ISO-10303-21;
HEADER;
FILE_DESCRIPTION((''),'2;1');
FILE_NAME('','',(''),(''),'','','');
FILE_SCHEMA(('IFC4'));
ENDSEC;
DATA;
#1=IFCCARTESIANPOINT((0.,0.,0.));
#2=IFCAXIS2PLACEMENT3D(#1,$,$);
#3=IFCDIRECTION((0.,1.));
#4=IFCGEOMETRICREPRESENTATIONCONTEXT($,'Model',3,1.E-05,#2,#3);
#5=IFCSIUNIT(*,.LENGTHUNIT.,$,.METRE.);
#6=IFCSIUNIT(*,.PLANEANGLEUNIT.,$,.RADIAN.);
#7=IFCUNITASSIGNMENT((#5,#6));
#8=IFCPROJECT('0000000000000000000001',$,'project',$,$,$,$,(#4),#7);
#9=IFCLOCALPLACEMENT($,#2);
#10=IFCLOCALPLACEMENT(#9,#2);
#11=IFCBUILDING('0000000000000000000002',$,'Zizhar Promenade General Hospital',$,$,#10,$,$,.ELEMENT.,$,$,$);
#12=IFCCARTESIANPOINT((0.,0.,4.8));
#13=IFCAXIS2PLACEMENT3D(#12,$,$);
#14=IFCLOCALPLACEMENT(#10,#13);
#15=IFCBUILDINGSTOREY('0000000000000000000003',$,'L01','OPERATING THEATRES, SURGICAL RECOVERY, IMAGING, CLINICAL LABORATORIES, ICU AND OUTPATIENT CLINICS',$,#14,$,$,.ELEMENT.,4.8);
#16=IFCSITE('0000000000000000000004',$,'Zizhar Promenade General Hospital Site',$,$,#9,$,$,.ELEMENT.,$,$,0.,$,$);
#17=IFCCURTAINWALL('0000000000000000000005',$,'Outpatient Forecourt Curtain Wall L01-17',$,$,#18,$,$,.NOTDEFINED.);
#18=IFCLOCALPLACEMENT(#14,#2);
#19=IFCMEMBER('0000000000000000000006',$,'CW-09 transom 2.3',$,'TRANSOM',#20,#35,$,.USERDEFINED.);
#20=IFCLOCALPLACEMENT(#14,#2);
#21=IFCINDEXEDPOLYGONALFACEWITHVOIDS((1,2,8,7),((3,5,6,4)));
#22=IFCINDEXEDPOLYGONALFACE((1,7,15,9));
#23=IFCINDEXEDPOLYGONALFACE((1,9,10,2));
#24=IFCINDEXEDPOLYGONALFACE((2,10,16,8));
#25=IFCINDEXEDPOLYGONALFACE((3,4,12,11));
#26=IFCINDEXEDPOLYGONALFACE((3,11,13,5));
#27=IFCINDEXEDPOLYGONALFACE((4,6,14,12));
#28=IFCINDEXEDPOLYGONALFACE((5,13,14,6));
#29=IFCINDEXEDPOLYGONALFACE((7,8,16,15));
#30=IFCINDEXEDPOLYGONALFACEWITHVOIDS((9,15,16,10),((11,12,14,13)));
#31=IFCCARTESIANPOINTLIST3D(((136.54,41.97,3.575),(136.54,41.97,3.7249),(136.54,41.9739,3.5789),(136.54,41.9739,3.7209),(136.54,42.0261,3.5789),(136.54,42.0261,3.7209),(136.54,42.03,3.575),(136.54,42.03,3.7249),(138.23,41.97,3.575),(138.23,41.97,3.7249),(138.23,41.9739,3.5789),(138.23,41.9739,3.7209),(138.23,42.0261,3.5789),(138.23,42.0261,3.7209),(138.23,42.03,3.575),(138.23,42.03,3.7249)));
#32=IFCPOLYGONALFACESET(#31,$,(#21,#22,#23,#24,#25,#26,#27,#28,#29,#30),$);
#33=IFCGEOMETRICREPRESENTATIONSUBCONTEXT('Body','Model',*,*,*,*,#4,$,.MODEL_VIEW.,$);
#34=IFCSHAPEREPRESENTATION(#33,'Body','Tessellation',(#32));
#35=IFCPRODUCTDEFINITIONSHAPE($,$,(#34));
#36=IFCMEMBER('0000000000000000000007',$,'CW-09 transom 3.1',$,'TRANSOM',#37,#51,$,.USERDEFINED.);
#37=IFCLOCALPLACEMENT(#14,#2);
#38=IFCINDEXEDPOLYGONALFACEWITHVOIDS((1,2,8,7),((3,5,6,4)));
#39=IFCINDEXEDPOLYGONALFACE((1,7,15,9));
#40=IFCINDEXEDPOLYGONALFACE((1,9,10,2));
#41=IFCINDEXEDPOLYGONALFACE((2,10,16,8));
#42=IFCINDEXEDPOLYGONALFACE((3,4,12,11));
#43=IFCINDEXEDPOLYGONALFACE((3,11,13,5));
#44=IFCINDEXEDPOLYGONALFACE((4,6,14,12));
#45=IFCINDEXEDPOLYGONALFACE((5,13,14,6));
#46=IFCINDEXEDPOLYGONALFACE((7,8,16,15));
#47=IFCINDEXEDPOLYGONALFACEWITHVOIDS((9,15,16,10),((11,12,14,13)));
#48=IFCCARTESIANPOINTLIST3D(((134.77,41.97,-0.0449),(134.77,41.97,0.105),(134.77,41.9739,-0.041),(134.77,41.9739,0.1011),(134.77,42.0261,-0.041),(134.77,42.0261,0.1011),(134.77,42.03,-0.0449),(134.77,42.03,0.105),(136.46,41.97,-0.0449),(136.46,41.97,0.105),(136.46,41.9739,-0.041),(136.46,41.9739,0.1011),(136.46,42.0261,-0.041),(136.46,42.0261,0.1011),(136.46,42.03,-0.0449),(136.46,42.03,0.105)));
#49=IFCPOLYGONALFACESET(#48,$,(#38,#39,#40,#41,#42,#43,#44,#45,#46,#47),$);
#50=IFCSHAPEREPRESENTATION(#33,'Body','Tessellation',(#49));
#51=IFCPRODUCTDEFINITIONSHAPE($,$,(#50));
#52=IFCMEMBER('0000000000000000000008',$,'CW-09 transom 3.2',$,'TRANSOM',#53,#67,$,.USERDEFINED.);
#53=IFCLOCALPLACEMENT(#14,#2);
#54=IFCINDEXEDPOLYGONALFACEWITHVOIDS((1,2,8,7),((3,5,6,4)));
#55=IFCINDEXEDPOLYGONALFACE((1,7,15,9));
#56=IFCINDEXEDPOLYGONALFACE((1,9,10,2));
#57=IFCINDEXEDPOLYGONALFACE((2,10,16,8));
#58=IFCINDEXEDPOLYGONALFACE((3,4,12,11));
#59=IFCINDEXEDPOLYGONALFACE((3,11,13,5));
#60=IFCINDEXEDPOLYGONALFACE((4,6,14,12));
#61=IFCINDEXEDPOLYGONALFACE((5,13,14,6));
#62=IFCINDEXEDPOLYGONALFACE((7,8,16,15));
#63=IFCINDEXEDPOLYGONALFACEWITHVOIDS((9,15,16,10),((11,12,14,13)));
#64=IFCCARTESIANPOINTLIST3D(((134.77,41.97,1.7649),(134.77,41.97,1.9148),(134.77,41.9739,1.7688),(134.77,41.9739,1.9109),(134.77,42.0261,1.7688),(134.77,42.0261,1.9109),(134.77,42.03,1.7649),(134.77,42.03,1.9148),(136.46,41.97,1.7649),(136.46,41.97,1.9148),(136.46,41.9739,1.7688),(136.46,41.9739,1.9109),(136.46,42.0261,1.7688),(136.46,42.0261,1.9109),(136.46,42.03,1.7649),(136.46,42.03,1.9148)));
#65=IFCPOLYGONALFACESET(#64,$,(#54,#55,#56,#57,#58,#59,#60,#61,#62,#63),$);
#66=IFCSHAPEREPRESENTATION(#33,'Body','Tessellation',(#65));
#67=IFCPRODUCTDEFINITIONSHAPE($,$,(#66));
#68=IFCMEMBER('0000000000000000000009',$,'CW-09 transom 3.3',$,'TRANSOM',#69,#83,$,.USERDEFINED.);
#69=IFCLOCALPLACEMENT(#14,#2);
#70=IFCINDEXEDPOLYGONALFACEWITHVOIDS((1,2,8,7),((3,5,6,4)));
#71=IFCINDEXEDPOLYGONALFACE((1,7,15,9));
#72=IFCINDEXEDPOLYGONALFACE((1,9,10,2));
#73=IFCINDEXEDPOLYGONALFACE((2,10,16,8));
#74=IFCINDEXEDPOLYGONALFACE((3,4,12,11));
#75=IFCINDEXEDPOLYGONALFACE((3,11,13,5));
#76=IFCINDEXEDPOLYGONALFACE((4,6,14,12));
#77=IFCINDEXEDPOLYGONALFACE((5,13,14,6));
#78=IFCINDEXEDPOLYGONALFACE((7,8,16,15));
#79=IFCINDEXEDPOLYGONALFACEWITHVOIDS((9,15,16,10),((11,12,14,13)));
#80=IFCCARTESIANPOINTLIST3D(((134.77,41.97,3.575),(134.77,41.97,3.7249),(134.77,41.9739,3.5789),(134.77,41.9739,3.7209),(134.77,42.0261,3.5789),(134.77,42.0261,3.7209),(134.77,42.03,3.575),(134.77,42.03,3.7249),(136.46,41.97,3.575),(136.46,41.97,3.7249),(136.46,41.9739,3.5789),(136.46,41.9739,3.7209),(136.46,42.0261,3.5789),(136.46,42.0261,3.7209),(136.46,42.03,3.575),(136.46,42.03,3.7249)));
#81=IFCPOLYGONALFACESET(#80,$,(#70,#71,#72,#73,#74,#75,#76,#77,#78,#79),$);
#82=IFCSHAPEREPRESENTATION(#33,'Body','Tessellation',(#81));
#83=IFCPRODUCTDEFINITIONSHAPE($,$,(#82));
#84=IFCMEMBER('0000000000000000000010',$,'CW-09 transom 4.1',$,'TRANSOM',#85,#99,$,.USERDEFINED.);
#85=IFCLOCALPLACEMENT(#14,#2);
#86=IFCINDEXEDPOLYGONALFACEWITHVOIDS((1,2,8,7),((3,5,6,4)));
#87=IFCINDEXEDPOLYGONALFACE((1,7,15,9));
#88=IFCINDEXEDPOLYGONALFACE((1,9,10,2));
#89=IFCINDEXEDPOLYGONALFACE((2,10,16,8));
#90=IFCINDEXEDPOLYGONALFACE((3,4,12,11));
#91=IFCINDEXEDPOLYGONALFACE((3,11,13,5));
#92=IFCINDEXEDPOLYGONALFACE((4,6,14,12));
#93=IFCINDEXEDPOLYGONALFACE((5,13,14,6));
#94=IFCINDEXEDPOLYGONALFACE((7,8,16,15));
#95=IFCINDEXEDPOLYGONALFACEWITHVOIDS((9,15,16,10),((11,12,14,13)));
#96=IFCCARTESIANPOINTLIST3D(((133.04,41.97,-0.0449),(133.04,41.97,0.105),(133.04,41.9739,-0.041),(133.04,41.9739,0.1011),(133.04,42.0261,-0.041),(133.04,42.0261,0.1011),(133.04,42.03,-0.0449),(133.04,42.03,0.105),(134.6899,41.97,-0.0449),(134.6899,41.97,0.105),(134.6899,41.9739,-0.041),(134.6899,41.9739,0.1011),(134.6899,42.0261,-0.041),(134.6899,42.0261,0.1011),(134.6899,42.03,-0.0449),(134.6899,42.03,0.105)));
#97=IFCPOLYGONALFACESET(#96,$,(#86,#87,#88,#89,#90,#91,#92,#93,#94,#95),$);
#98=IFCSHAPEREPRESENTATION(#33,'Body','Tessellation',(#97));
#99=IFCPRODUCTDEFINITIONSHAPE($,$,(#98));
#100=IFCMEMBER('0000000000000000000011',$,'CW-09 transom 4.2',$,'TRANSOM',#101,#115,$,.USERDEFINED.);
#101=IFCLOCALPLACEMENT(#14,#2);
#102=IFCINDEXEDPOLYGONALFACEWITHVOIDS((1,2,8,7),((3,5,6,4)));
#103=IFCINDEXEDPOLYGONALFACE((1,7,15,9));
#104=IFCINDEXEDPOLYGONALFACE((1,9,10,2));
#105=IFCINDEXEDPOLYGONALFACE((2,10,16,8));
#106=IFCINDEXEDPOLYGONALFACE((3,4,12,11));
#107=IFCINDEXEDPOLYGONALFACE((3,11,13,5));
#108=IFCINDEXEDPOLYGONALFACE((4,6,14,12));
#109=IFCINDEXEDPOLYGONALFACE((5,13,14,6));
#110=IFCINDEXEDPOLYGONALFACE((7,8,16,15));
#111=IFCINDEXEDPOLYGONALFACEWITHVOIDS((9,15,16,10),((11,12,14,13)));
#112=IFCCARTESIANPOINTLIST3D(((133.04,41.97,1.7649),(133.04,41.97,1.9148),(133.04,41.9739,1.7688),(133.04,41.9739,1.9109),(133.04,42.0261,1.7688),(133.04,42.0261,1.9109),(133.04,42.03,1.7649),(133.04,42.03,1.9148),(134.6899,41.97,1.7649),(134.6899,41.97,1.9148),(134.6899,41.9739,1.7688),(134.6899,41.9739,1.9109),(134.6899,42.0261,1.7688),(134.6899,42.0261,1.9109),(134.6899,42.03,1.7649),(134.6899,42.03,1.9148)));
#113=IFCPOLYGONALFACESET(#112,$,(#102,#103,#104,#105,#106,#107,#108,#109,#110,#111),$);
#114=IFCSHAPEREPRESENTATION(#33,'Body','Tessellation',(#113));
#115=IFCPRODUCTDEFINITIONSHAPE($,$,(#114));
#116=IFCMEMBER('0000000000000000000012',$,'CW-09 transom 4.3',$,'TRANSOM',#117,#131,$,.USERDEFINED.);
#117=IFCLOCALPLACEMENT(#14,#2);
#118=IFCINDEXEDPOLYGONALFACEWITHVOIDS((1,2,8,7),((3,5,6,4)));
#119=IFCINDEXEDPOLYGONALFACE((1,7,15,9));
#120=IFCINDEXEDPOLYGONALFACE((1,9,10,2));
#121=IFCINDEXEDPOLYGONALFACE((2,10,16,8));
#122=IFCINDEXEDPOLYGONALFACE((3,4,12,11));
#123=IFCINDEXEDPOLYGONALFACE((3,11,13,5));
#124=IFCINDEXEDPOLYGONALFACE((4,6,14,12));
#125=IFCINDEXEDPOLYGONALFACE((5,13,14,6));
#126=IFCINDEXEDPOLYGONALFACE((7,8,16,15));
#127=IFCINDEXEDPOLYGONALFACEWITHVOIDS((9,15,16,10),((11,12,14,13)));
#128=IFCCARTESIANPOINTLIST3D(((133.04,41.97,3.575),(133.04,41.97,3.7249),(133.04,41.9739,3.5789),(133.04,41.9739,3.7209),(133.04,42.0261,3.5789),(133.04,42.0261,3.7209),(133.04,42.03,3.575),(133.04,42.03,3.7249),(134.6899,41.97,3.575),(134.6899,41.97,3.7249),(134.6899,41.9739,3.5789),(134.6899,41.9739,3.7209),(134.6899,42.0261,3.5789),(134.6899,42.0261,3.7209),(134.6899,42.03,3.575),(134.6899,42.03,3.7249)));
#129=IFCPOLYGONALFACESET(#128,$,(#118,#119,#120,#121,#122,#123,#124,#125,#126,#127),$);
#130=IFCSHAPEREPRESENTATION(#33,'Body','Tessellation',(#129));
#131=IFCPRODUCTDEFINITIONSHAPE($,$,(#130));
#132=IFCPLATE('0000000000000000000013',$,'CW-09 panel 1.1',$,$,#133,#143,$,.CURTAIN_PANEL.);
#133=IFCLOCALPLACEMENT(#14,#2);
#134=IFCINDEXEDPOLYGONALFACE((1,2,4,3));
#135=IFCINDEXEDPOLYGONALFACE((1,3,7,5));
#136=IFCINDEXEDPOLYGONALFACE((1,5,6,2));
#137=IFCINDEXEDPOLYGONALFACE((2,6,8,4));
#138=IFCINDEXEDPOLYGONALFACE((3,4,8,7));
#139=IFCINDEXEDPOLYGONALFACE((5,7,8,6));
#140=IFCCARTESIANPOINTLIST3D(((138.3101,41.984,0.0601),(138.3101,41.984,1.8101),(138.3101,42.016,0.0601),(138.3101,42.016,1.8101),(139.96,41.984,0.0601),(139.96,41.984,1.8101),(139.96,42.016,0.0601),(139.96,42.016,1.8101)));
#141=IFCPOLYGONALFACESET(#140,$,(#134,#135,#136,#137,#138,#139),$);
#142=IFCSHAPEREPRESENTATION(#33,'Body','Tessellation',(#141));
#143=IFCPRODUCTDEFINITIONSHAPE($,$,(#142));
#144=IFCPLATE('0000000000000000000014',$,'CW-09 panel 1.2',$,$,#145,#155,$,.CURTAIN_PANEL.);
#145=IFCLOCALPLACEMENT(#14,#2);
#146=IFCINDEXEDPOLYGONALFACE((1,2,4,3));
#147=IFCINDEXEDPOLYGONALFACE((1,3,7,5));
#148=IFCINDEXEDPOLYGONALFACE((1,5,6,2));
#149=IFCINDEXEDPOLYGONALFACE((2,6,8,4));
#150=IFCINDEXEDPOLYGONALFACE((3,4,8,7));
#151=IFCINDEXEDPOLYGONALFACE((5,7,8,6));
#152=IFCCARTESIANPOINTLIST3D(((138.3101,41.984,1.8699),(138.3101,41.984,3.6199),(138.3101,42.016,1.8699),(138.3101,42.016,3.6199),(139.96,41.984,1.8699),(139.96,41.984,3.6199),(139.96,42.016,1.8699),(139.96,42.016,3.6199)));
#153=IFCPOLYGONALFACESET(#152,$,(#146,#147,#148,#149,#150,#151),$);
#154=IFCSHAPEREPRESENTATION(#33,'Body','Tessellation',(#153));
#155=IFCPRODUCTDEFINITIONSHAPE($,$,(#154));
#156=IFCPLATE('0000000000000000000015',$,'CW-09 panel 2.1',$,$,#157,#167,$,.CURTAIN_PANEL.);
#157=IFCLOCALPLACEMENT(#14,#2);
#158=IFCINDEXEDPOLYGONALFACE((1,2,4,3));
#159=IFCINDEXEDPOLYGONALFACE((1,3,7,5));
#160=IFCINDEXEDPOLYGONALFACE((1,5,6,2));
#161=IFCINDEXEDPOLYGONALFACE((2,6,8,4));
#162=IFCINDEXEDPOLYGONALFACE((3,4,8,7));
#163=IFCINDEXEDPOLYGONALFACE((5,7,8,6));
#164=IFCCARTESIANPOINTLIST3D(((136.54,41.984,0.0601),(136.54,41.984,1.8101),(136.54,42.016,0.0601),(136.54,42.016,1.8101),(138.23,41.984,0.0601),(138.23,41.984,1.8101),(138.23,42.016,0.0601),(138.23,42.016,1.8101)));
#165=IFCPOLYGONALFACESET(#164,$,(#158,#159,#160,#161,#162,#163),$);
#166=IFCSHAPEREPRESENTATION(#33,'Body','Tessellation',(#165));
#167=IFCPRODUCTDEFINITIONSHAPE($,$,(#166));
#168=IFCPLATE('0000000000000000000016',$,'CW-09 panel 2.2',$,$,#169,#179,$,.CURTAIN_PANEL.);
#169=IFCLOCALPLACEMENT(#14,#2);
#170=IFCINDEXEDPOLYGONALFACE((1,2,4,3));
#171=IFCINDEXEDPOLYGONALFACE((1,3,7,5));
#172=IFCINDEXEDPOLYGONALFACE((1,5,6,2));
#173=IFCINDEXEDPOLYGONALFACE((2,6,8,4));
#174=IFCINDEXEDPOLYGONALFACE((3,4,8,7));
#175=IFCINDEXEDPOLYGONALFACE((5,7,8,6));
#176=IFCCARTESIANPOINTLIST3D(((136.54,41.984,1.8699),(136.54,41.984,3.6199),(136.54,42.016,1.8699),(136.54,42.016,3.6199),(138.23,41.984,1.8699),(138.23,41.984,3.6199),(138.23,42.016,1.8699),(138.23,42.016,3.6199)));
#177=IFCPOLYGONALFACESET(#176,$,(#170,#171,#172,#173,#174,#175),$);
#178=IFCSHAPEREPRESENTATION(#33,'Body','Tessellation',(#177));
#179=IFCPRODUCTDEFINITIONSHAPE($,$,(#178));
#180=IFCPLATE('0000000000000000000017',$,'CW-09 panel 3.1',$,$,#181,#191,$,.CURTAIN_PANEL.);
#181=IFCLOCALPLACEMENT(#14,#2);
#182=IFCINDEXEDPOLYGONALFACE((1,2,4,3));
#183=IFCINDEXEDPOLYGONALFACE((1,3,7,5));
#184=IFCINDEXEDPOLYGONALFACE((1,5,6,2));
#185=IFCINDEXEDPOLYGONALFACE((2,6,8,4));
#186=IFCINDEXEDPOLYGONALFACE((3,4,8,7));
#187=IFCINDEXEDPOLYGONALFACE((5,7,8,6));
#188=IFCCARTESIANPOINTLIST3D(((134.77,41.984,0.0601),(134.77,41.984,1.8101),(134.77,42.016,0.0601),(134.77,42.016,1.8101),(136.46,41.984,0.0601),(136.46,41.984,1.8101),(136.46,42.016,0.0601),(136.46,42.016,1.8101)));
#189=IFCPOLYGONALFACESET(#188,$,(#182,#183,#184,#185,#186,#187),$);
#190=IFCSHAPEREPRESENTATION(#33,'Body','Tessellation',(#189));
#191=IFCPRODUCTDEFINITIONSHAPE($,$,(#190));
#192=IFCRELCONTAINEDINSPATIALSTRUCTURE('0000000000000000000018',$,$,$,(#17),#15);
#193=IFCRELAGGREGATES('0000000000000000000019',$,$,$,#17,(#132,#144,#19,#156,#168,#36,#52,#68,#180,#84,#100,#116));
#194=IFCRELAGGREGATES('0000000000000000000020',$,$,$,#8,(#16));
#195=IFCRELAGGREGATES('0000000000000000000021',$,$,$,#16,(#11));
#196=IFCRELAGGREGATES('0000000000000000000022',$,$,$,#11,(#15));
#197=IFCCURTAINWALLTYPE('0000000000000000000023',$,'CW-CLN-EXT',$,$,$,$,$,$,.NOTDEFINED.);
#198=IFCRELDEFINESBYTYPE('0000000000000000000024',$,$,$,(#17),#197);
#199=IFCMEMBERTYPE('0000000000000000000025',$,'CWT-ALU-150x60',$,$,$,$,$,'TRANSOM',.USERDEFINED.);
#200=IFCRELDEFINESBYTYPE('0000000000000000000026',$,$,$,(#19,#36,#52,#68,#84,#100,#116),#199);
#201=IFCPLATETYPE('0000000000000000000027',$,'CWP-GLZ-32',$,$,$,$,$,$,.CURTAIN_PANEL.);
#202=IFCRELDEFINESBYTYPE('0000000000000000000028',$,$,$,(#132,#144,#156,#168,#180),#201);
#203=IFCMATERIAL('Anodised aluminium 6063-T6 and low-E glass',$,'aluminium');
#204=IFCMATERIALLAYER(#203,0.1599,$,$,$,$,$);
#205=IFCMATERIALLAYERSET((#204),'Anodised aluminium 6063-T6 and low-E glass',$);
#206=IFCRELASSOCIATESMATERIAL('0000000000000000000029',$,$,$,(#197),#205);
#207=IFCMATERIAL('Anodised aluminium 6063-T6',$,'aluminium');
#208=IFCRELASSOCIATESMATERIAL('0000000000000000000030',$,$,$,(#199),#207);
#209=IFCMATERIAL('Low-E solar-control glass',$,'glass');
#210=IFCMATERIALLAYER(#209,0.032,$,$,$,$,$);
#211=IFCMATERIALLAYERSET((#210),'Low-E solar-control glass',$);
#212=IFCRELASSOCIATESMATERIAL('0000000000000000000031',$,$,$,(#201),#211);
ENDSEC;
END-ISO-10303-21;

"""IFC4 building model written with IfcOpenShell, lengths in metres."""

from ifc_helpers import new_model, si_unit, direction, frame, origin, origin_2d, place, context, subcontext, project, spatial, rectangle, hollow_rectangle, extrude, material, layer, layer_set, material_profile, profile_set, type_object, element, aggregate, save


model = new_model("IFC4")

# Units and contexts
model_context = context("Model", 3, precision=1e-05, world=origin(), true_north=direction((0.0, 1.0)))
body_context = subcontext(model_context, "Body", "Model", "MODEL_VIEW")
ifc_project = project(units=[si_unit("LENGTHUNIT", "METRE"), si_unit("PLANEANGLEUNIT", "RADIAN")], contexts=[model_context])

# Site, building, storey
site_placement = place(None, origin())
site = spatial("IfcSite", under=ifc_project, at=site_placement, Name="Zizhar Promenade General Hospital Site", CompositionType="ELEMENT", RefElevation=0.0)
building_placement = place(site_placement, origin())
building = spatial("IfcBuilding", under=site, at=building_placement, Name="Zizhar Promenade General Hospital", CompositionType="ELEMENT")
storey_placement = place(building_placement, frame((0.0, 0.0, 4.8)))
storey = spatial("IfcBuildingStorey", under=building, at=storey_placement, Name="L01", Description="OPERATING THEATRES, SURGICAL RECOVERY, IMAGING, CLINICAL LABORATORIES, ICU AND OUTPATIENT CLINICS", CompositionType="ELEMENT", Elevation=4.8)

# Curtain wall, members, plates
ifc_material_1 = material(Name="Anodised aluminium 6063-T6 and low-E glass", Category="aluminium")
ifc_layer_1 = layer(ifc_material_1, 0.1599)
ifc_layer_set_1 = layer_set([ifc_layer_1], Name="Anodised aluminium 6063-T6 and low-E glass")
curtain_wall_type = type_object("IfcCurtainWallType", Name="CW-CLN-EXT", PredefinedType="NOTDEFINED", material=ifc_layer_set_1)
curtain_wall_placement = place(storey_placement, origin())
curtain_wall = element("IfcCurtainWall", 1, at=curtain_wall_placement, inside=storey, type_object=curtain_wall_type, Name="Outpatient Forecourt Curtain Wall L01-17", PredefinedType="NOTDEFINED")
ifc_material_2 = material(Name="Anodised aluminium 6063-T6", Category="aluminium")
ifc_material_profile_1 = material_profile(ifc_material_2, hollow_rectangle(XDim=0.0601, YDim=0.1499, WallThickness=0.0039, at=origin_2d()))
ifc_profile_set_1 = profile_set([ifc_material_profile_1], Name="Anodised aluminium 6063-T6")
member_type_1 = type_object("IfcMemberType", Name="CWT-ALU-150x60", ElementType="TRANSOM", PredefinedType="USERDEFINED", material=ifc_profile_set_1)
member_1_placement = place(storey_placement, frame((138.23, 42.0, 3.6499), z_axis=(-1.0, 0.0, 0.0), x_axis=(0.0, -1.0, 0.0)))
member_1 = element("IfcMember", 2, at=member_1_placement, type_object=member_type_1, Name="CW-09 transom 2.3", ObjectType="TRANSOM", PredefinedType="USERDEFINED", context=body_context, shape_type="SweptSolid", body=[
    extrude(hollow_rectangle(XDim=0.0601, YDim=0.1499, WallThickness=0.0039, at=origin_2d()), origin(), (0.0, 0.0, 1.0), 1.6899),
])
member_2_placement = place(storey_placement, frame((136.46, 42.0, 0.03), z_axis=(-1.0, 0.0, 0.0), x_axis=(0.0, -1.0, 0.0)))
member_2 = element("IfcMember", 3, at=member_2_placement, type_object=member_type_1, Name="CW-09 transom 3.1", ObjectType="TRANSOM", PredefinedType="USERDEFINED", context=body_context, shape_type="SweptSolid", body=[
    extrude(hollow_rectangle(XDim=0.0601, YDim=0.1499, WallThickness=0.0039, at=origin_2d()), origin(), (0.0, 0.0, 1.0), 1.6899),
])
member_3_placement = place(storey_placement, frame((136.46, 42.0, 1.8398), z_axis=(-1.0, 0.0, 0.0), x_axis=(0.0, -1.0, 0.0)))
member_3 = element("IfcMember", 4, at=member_3_placement, type_object=member_type_1, Name="CW-09 transom 3.2", ObjectType="TRANSOM", PredefinedType="USERDEFINED", context=body_context, shape_type="SweptSolid", body=[
    extrude(hollow_rectangle(XDim=0.0601, YDim=0.1499, WallThickness=0.0039, at=origin_2d()), origin(), (0.0, 0.0, 1.0), 1.6899),
])
member_4_placement = place(storey_placement, frame((136.46, 42.0, 3.6499), z_axis=(-1.0, 0.0, 0.0), x_axis=(0.0, -1.0, 0.0)))
member_4 = element("IfcMember", 5, at=member_4_placement, type_object=member_type_1, Name="CW-09 transom 3.3", ObjectType="TRANSOM", PredefinedType="USERDEFINED", context=body_context, shape_type="SweptSolid", body=[
    extrude(hollow_rectangle(XDim=0.0601, YDim=0.1499, WallThickness=0.0039, at=origin_2d()), origin(), (0.0, 0.0, 1.0), 1.6899),
])
member_5_placement = place(storey_placement, frame((134.6899, 42.0, 0.03), z_axis=(-1.0, 0.0, 0.0), x_axis=(0.0, -1.0, 0.0)))
member_5 = element("IfcMember", 6, at=member_5_placement, type_object=member_type_1, Name="CW-09 transom 4.1", ObjectType="TRANSOM", PredefinedType="USERDEFINED", context=body_context, shape_type="SweptSolid", body=[
    extrude(hollow_rectangle(XDim=0.0601, YDim=0.1499, WallThickness=0.0039, at=origin_2d()), origin(), (0.0, 0.0, 1.0), 1.6499),
])
member_6_placement = place(storey_placement, frame((134.6899, 42.0, 1.8398), z_axis=(-1.0, 0.0, 0.0), x_axis=(0.0, -1.0, 0.0)))
member_6 = element("IfcMember", 7, at=member_6_placement, type_object=member_type_1, Name="CW-09 transom 4.2", ObjectType="TRANSOM", PredefinedType="USERDEFINED", context=body_context, shape_type="SweptSolid", body=[
    extrude(hollow_rectangle(XDim=0.0601, YDim=0.1499, WallThickness=0.0039, at=origin_2d()), origin(), (0.0, 0.0, 1.0), 1.6499),
])
member_7_placement = place(storey_placement, frame((134.6899, 42.0, 3.6499), z_axis=(-1.0, 0.0, 0.0), x_axis=(0.0, -1.0, 0.0)))
member_7 = element("IfcMember", 8, at=member_7_placement, type_object=member_type_1, Name="CW-09 transom 4.3", ObjectType="TRANSOM", PredefinedType="USERDEFINED", context=body_context, shape_type="SweptSolid", body=[
    extrude(hollow_rectangle(XDim=0.0601, YDim=0.1499, WallThickness=0.0039, at=origin_2d()), origin(), (0.0, 0.0, 1.0), 1.6499),
])
ifc_material_3 = material(Name="Low-E solar-control glass", Category="glass")
ifc_layer_2 = layer(ifc_material_3, 0.032)
ifc_layer_set_2 = layer_set([ifc_layer_2], Name="Low-E solar-control glass")
plate_type = type_object("IfcPlateType", Name="CWP-GLZ-32", PredefinedType="CURTAIN_PANEL", material=ifc_layer_set_2)
plate_1_placement = place(storey_placement, frame((139.135, 42.0, 0.0601), z_axis=(0.0, 0.0, 1.0), x_axis=(-1.0, 0.0, 0.0)))
plate_1 = element("IfcPlate", 9, at=plate_1_placement, type_object=plate_type, Name="CW-09 panel 1.1", PredefinedType="CURTAIN_PANEL", context=body_context, shape_type="SweptSolid", body=[
    extrude(rectangle(XDim=1.6499, YDim=0.032, at=origin_2d()), origin(), (0.0, 0.0, 1.0), 1.75),
])
plate_2_placement = place(storey_placement, frame((139.135, 42.0, 1.8699), z_axis=(0.0, 0.0, 1.0), x_axis=(-1.0, 0.0, 0.0)))
plate_2 = element("IfcPlate", 10, at=plate_2_placement, type_object=plate_type, Name="CW-09 panel 1.2", PredefinedType="CURTAIN_PANEL", context=body_context, shape_type="SweptSolid", body=[
    extrude(rectangle(XDim=1.6499, YDim=0.032, at=origin_2d()), origin(), (0.0, 0.0, 1.0), 1.75),
])
plate_3_placement = place(storey_placement, frame((137.385, 42.0, 0.0601), z_axis=(0.0, 0.0, 1.0), x_axis=(-1.0, 0.0, 0.0)))
plate_3 = element("IfcPlate", 11, at=plate_3_placement, type_object=plate_type, Name="CW-09 panel 2.1", PredefinedType="CURTAIN_PANEL", context=body_context, shape_type="SweptSolid", body=[
    extrude(rectangle(XDim=1.6899, YDim=0.032, at=origin_2d()), origin(), (0.0, 0.0, 1.0), 1.75),
])
plate_4_placement = place(storey_placement, frame((137.385, 42.0, 1.8699), z_axis=(0.0, 0.0, 1.0), x_axis=(-1.0, 0.0, 0.0)))
plate_4 = element("IfcPlate", 12, at=plate_4_placement, type_object=plate_type, Name="CW-09 panel 2.2", PredefinedType="CURTAIN_PANEL", context=body_context, shape_type="SweptSolid", body=[
    extrude(rectangle(XDim=1.6899, YDim=0.032, at=origin_2d()), origin(), (0.0, 0.0, 1.0), 1.75),
])
plate_5_placement = place(storey_placement, frame((135.615, 42.0, 0.0601), z_axis=(0.0, 0.0, 1.0), x_axis=(-1.0, 0.0, 0.0)))
plate_5 = element("IfcPlate", 13, at=plate_5_placement, type_object=plate_type, Name="CW-09 panel 3.1", PredefinedType="CURTAIN_PANEL", context=body_context, shape_type="SweptSolid", body=[
    extrude(rectangle(XDim=1.6899, YDim=0.032, at=origin_2d()), origin(), (0.0, 0.0, 1.0), 1.75),
])
aggregate(curtain_wall, [plate_1, plate_2, member_1, plate_3, plate_4, member_2, member_3, member_4, plate_5, member_5, member_6, member_7])

save(model, "model.ifc")
